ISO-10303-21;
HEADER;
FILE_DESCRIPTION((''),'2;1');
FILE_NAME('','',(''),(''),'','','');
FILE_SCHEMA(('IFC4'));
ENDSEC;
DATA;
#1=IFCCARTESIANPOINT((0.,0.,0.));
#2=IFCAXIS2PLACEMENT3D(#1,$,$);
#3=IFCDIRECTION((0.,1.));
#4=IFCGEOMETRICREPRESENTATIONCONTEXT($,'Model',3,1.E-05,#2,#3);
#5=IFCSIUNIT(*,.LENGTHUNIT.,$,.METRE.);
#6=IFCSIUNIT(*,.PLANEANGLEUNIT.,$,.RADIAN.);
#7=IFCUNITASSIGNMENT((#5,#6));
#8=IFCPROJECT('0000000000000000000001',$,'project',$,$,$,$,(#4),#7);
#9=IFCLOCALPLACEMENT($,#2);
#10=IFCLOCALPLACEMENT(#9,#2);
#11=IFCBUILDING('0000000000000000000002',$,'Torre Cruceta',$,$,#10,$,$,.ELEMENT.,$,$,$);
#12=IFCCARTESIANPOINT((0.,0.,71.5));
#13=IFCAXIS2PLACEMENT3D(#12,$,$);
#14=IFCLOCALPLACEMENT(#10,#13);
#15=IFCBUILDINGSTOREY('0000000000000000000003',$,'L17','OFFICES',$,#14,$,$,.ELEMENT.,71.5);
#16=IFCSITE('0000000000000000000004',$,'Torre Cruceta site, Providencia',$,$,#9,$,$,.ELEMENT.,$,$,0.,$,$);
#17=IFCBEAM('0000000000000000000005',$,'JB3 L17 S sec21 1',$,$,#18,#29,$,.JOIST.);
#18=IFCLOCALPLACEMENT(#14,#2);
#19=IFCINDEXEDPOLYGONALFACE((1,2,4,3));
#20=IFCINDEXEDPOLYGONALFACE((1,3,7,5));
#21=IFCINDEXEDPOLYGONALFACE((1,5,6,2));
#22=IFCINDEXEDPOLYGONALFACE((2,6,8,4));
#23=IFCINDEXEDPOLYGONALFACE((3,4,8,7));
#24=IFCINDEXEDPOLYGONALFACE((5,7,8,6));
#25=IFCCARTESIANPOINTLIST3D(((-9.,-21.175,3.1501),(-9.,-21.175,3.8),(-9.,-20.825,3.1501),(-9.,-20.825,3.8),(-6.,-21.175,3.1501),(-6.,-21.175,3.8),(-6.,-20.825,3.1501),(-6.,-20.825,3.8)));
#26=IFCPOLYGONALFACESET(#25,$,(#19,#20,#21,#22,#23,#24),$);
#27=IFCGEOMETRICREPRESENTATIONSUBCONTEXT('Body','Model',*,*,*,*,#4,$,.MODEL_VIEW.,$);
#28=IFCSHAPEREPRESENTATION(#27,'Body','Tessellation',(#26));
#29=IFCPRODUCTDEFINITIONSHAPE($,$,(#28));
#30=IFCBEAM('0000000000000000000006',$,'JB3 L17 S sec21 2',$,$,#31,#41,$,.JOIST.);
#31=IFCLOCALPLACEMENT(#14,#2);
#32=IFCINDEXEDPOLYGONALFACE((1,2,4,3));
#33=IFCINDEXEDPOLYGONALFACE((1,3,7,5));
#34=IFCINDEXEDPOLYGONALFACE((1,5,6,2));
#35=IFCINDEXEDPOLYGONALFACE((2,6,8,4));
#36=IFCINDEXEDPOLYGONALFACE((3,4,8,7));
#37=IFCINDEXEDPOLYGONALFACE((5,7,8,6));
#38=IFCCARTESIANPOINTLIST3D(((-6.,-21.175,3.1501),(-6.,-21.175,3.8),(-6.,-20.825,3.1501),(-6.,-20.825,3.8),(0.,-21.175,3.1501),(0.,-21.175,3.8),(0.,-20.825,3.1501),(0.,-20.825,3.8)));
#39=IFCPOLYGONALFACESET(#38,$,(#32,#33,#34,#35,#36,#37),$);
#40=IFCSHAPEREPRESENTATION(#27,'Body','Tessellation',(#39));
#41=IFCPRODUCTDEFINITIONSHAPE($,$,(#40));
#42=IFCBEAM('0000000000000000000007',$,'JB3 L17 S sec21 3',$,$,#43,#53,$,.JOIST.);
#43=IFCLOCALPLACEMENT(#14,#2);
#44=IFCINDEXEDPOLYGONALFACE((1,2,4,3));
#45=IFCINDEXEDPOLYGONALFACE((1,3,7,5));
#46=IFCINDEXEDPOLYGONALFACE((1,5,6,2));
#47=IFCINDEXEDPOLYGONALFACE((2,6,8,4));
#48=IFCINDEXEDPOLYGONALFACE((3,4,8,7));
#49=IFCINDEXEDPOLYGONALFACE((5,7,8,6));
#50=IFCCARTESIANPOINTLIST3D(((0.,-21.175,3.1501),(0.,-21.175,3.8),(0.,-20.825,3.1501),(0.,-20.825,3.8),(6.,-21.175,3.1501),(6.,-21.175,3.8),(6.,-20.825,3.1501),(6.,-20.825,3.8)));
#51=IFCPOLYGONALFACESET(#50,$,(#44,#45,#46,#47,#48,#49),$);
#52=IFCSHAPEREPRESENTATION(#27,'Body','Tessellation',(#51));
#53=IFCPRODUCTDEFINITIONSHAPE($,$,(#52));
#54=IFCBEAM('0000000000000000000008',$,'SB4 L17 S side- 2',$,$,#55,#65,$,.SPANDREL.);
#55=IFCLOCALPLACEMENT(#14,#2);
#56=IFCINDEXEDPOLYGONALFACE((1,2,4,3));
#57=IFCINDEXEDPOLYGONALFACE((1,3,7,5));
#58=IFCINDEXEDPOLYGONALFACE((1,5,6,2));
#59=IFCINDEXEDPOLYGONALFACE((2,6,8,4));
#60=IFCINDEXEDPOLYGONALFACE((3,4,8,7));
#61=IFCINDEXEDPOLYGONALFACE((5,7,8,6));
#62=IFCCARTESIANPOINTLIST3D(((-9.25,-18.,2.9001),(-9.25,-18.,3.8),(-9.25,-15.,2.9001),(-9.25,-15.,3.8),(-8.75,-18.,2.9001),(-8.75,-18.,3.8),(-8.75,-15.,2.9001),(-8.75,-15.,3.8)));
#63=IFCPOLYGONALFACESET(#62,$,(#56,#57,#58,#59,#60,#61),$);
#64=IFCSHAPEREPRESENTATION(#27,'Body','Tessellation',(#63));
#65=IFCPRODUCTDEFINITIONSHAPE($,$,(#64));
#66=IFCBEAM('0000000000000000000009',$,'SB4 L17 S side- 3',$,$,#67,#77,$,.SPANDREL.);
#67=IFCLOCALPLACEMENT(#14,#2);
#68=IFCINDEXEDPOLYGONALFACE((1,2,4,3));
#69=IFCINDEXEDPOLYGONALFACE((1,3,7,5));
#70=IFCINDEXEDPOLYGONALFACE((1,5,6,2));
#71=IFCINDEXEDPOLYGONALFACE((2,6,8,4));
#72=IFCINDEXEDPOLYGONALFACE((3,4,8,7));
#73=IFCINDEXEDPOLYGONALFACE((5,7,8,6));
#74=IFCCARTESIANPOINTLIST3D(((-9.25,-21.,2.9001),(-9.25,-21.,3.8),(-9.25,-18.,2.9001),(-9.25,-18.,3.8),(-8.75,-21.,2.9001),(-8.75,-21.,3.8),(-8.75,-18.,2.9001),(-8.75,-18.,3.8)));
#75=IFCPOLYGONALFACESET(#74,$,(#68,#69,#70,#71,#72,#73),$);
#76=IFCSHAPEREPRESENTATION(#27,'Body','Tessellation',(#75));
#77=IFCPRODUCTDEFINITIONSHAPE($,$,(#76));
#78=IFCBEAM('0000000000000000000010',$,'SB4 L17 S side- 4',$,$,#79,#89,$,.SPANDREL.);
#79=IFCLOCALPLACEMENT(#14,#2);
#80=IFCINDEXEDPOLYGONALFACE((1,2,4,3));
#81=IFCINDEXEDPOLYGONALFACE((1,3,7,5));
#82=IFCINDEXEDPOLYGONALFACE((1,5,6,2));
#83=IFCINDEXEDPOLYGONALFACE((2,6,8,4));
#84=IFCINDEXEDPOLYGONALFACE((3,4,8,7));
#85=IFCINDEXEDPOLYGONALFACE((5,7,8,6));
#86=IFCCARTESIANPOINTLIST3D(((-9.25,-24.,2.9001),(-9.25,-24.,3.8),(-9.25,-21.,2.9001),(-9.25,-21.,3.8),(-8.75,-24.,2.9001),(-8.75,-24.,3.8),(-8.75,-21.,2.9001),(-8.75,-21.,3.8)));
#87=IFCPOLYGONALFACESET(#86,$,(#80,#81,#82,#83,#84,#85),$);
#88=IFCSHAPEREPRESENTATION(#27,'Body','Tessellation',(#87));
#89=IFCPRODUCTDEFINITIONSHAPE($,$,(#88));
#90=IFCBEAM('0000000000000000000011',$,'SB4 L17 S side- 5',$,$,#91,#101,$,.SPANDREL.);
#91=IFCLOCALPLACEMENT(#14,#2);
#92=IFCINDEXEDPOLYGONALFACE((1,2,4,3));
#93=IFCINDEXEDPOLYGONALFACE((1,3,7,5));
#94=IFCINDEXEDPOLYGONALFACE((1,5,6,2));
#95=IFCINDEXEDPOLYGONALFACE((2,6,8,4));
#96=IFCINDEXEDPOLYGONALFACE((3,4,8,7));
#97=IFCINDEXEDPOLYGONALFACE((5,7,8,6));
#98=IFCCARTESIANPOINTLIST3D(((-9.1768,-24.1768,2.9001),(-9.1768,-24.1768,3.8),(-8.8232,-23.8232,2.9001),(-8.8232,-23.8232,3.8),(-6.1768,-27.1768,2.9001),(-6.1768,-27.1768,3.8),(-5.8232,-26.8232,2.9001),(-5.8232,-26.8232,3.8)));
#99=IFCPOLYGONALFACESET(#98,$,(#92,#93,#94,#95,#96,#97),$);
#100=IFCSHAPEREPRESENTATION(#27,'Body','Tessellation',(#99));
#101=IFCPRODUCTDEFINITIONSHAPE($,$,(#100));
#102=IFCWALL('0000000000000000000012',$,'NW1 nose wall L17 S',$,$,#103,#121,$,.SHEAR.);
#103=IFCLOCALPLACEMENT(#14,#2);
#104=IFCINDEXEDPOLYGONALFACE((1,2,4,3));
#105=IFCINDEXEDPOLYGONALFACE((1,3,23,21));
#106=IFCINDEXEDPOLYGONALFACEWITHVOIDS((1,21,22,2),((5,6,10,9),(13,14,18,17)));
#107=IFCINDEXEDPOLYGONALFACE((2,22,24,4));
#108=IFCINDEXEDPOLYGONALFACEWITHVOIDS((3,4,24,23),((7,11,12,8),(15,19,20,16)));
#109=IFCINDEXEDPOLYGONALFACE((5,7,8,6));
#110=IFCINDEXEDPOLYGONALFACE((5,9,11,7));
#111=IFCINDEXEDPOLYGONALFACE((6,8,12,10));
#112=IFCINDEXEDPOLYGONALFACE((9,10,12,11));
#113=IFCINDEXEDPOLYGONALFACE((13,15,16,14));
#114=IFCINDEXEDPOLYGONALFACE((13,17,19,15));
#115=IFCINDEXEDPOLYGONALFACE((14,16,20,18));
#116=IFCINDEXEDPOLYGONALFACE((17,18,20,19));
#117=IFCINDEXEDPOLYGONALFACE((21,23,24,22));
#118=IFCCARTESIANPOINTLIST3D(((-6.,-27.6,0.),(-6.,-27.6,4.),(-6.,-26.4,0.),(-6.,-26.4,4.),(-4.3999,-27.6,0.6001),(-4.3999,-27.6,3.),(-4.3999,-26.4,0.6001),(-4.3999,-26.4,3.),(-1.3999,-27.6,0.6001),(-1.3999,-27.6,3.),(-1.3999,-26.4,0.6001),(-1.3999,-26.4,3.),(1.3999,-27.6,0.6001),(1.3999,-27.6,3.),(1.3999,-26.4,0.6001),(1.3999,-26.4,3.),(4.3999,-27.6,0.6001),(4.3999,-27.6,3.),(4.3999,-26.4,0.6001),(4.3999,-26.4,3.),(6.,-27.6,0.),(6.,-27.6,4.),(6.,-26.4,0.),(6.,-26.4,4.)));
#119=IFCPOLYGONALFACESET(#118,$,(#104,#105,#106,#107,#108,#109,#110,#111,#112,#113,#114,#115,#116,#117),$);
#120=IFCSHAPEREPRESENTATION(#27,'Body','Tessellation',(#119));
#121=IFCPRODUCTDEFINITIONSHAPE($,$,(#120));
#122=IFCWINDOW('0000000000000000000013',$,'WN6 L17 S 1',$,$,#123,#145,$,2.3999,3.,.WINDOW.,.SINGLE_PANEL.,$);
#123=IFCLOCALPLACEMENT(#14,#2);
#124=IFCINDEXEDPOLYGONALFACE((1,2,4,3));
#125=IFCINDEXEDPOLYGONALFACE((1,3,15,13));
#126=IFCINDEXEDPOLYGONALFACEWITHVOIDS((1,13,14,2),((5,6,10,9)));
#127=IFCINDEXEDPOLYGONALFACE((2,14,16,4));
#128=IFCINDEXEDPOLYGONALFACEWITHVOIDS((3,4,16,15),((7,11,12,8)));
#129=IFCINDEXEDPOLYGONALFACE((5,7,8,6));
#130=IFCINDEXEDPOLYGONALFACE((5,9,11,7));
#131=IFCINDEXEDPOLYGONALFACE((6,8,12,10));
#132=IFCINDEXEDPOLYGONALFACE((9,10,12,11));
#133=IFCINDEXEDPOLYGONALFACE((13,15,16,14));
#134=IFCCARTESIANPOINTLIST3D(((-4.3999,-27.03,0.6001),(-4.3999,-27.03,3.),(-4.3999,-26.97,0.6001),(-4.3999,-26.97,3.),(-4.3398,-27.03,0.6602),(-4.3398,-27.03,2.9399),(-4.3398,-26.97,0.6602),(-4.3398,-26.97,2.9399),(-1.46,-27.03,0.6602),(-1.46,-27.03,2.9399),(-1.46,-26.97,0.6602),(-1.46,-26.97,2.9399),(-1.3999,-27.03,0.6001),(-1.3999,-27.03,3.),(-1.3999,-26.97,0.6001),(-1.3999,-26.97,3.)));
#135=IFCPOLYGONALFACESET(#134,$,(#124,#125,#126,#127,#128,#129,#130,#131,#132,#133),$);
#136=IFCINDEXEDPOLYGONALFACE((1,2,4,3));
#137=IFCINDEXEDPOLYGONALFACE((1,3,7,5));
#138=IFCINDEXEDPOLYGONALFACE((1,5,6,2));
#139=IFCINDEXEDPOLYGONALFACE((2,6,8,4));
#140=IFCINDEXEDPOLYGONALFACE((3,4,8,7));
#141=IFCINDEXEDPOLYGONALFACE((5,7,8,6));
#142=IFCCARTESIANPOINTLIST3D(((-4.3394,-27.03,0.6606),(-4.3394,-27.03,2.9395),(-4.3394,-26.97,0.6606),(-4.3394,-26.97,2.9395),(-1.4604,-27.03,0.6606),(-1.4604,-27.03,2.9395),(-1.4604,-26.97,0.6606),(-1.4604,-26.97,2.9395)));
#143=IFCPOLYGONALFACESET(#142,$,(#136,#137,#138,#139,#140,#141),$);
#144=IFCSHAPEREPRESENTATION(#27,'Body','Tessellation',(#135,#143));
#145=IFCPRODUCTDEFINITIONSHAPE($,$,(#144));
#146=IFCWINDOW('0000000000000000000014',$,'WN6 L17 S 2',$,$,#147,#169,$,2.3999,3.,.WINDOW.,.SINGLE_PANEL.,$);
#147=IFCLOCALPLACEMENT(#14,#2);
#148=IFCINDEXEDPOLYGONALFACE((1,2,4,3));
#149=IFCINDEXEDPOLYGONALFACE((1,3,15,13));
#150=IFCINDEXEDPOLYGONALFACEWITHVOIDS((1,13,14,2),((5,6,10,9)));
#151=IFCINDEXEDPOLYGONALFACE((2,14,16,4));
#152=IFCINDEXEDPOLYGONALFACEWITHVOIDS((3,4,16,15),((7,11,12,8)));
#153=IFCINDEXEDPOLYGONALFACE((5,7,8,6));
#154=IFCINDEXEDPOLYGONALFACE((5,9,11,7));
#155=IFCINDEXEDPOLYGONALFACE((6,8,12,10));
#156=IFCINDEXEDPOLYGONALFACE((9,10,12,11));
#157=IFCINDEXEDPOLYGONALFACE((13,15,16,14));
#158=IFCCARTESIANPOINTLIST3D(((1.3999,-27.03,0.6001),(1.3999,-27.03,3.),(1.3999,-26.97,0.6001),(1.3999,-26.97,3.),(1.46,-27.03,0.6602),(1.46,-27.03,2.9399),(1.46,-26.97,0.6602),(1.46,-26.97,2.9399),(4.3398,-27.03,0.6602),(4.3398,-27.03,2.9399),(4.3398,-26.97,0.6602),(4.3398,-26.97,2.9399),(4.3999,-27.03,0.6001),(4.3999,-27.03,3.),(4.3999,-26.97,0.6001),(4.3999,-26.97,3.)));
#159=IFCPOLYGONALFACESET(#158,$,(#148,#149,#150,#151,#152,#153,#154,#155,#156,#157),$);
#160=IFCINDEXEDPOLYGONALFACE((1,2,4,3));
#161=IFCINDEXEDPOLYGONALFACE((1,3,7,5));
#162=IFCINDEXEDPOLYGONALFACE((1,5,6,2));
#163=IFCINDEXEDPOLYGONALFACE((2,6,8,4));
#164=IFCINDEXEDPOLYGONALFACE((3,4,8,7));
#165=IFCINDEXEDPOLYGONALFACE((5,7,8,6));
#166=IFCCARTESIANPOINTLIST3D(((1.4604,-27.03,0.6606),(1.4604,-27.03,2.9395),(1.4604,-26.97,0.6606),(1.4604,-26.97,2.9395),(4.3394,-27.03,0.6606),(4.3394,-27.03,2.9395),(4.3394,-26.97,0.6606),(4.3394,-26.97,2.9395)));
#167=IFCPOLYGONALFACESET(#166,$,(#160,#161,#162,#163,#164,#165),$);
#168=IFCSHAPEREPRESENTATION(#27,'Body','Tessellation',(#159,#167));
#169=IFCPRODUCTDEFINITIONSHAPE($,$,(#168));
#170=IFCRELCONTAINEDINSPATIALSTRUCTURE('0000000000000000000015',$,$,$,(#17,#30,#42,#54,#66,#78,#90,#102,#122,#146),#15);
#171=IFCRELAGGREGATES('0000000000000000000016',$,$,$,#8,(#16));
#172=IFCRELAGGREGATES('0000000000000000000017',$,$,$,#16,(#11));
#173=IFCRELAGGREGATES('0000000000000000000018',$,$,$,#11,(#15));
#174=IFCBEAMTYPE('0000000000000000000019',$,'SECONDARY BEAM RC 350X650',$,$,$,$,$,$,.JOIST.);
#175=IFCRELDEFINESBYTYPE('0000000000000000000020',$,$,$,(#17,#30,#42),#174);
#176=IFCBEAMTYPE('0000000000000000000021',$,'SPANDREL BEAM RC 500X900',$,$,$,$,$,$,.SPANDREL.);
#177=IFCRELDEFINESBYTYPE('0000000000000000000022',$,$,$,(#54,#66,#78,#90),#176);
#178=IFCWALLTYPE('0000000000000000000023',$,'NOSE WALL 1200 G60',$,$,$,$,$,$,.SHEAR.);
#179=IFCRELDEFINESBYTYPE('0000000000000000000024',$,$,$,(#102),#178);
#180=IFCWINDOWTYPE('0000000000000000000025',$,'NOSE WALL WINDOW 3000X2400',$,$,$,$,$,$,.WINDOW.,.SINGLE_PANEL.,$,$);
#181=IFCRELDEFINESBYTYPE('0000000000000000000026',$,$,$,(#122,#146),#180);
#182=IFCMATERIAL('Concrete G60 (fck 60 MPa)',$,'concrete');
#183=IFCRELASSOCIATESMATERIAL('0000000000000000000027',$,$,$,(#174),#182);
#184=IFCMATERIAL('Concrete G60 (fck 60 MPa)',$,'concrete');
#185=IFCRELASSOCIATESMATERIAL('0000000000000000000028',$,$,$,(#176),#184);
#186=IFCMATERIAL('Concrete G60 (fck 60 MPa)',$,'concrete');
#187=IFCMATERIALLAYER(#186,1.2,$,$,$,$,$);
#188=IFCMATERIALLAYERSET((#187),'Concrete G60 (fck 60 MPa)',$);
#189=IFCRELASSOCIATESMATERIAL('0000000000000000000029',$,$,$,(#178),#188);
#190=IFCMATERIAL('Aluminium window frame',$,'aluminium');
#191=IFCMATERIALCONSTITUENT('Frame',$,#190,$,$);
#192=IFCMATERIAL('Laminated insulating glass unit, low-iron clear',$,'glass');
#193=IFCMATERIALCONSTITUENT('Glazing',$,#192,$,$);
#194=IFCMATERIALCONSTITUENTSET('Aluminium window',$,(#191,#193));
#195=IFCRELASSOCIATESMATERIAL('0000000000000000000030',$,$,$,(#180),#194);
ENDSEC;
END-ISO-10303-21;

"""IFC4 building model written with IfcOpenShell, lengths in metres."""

from ifc_helpers import new_model, si_unit, direction, frame, frame_2d, origin, origin_2d, place, context, subcontext, project, spatial, rectangle, hollow_rectangle, extrude, material, layer, layer_set, constituent, constituent_set, material_profile, profile_set, type_object, element, fill, save


model = new_model("IFC4")

# Units and contexts
model_context = context("Model", 3, precision=1e-05, world=origin(), true_north=direction((0.0, 1.0)))
body_context = subcontext(model_context, "Body", "Model", "MODEL_VIEW")
ifc_project = project(units=[si_unit("LENGTHUNIT", "METRE"), si_unit("PLANEANGLEUNIT", "RADIAN")], contexts=[model_context])

# Site, building, storey
site_placement = place(None, origin())
site = spatial("IfcSite", under=ifc_project, at=site_placement, Name="Torre Cruceta site, Providencia", CompositionType="ELEMENT", RefElevation=0.0)
building_placement = place(site_placement, origin())
building = spatial("IfcBuilding", under=site, at=building_placement, Name="Torre Cruceta", CompositionType="ELEMENT")
storey_placement = place(building_placement, frame((0.0, 0.0, 71.5)))
storey = spatial("IfcBuildingStorey", under=building, at=storey_placement, Name="L17", Description="OFFICES", CompositionType="ELEMENT", Elevation=71.5)

# Beams
ifc_material_1 = material(Name="Concrete G60 (fck 60 MPa)", Category="concrete")
ifc_material_profile_1 = material_profile(ifc_material_1, rectangle(XDim=0.3501, YDim=0.6499, at=origin_2d()), Name="RC 350X650")
ifc_profile_set_1 = profile_set([ifc_material_profile_1], Name="Concrete G60 (fck 60 MPa)")
beam_type_1 = type_object("IfcBeamType", Name="SECONDARY BEAM RC 350X650", PredefinedType="JOIST", material=ifc_profile_set_1)
beam_1_placement = place(storey_placement, frame((-9.0, -21.0, 3.4751), z_axis=(1.0, 0.0, 0.0), x_axis=(0.0, 1.0, 0.0)))
element("IfcBeam", 1, at=beam_1_placement, inside=storey, type_object=beam_type_1, Name="JB3 L17 S sec21 1", PredefinedType="JOIST", context=body_context, shape_type="SweptSolid", body=[
    extrude(rectangle(XDim=0.3501, YDim=0.6499, at=origin_2d()), origin(), (0.0, 0.0, 1.0), 3.0),
])
for number, where, z_axis, x_axis, name in (
    (2, (-6.0, -21.0, 3.4751), (1.0, 0.0, 0.0), (0.0, 1.0, 0.0), "JB3 L17 S sec21 2"),
    (3, (0.0, -21.0, 3.4751), (1.0, 0.0, 0.0), (0.0, 1.0, 0.0), "JB3 L17 S sec21 3"),
):
    element("IfcBeam", number, at=place(storey_placement, frame(where, z_axis=z_axis, x_axis=x_axis)), inside=storey, type_object=beam_type_1, Name=name, PredefinedType="JOIST", context=body_context, shape_type="SweptSolid", body=[
        extrude(rectangle(XDim=0.3501, YDim=0.6499, at=origin_2d()), origin(), (0.0, 0.0, 1.0), 6.0),
    ])
ifc_material_2 = material(Name="Concrete G60 (fck 60 MPa)", Category="concrete")
ifc_material_profile_2 = material_profile(ifc_material_2, rectangle(XDim=0.5, YDim=0.8999, at=origin_2d()), Name="RC 500X900")
ifc_profile_set_2 = profile_set([ifc_material_profile_2], Name="Concrete G60 (fck 60 MPa)")
beam_type_2 = type_object("IfcBeamType", Name="SPANDREL BEAM RC 500X900", PredefinedType="SPANDREL", material=ifc_profile_set_2)
for number, where, z_axis, x_axis, name in (
    (4, (-9.0, -15.0, 3.3501), (0.0, -1.0, 0.0), (1.0, 0.0, 0.0), "SB4 L17 S side- 2"),
    (5, (-9.0, -18.0, 3.3501), (0.0, -1.0, 0.0), (1.0, 0.0, 0.0), "SB4 L17 S side- 3"),
    (6, (-9.0, -21.0, 3.3501), (0.0, -1.0, 0.0), (1.0, 0.0, 0.0), "SB4 L17 S side- 4"),
):
    element("IfcBeam", number, at=place(storey_placement, frame(where, z_axis=z_axis, x_axis=x_axis)), inside=storey, type_object=beam_type_2, Name=name, PredefinedType="SPANDREL", context=body_context, shape_type="SweptSolid", body=[
        extrude(rectangle(XDim=0.5, YDim=0.8999, at=origin_2d()), origin(), (0.0, 0.0, 1.0), 3.0),
    ])
beam_2_placement = place(storey_placement, frame((-9.0, -24.0, 3.3501), z_axis=(0.707107, -0.707107, 0.0), x_axis=(0.707107, 0.707107, 0.0)))
element("IfcBeam", 7, at=beam_2_placement, inside=storey, type_object=beam_type_2, Name="SB4 L17 S side- 5", PredefinedType="SPANDREL", context=body_context, shape_type="SweptSolid", body=[
    extrude(rectangle(XDim=0.5, YDim=0.8999, at=origin_2d()), origin(), (0.0, 0.0, 1.0), 4.2427),
])

# Wall, openings, windows
ifc_material_3 = material(Name="Concrete G60 (fck 60 MPa)", Category="concrete")
ifc_layer_1 = layer(ifc_material_3, 1.2)
ifc_layer_set_1 = layer_set([ifc_layer_1], Name="Concrete G60 (fck 60 MPa)")
wall_type_1 = type_object("IfcWallType", Name="NOSE WALL 1200 G60", PredefinedType="SHEAR", material=ifc_layer_set_1)
wall_1_placement = place(storey_placement, frame((-6.0, -27.0, 0.0), z_axis=(0.0, 0.0, 1.0), x_axis=(1.0, 0.0, 0.0)))
wall_1 = element("IfcWall", 8, at=wall_1_placement, inside=storey, type_object=wall_type_1, Name="NW1 nose wall L17 S", PredefinedType="SHEAR", context=body_context, shape_type="SweptSolid", body=[
    extrude(rectangle(XDim=12.0, YDim=1.2, at=frame_2d((6.0, 0.0))), origin(), (0.0, 0.0, 1.0), 4.0),
])
opening_1_placement = place(wall_1_placement, frame((1.6001, 0.0, 0.6001)))
opening_1 = element("IfcOpeningElement", 9, at=opening_1_placement, cuts=wall_1, PredefinedType="OPENING", context=body_context, shape_type="SweptSolid", body=[
    extrude(rectangle(XDim=3.0, YDim=2.3999, at=frame_2d((1.5, 1.2))), frame((0.0, 0.6099, 0.0), z_axis=(0.0, -1.0, 0.0), x_axis=(1.0, 0.0, 0.0)), (0.0, 0.0, 1.0), 1.22),
])
opening_2_placement = place(wall_1_placement, frame((7.3999, 0.0, 0.6001)))
opening_2 = element("IfcOpeningElement", 10, at=opening_2_placement, cuts=wall_1, PredefinedType="OPENING", context=body_context, shape_type="SweptSolid", body=[
    extrude(rectangle(XDim=3.0, YDim=2.3999, at=frame_2d((1.5, 1.2))), frame((0.0, 0.6099, 0.0), z_axis=(0.0, -1.0, 0.0), x_axis=(1.0, 0.0, 0.0)), (0.0, 0.0, 1.0), 1.22),
])
ifc_material_4 = material(Name="Aluminium window frame", Category="aluminium")
ifc_constituent_1 = constituent(ifc_material_4, Name="Frame")
ifc_material_5 = material(Name="Laminated insulating glass unit, low-iron clear", Category="glass")
ifc_constituent_2 = constituent(ifc_material_5, Name="Glazing")
ifc_constituent_set_1 = constituent_set(constituents=[ifc_constituent_1, ifc_constituent_2], Name="Aluminium window")
window_type = type_object("IfcWindowType", Name="NOSE WALL WINDOW 3000X2400", PartitioningType="SINGLE_PANEL", PredefinedType="WINDOW", material=ifc_constituent_set_1)
window_1_placement = place(opening_1_placement, origin())
window_1 = element("IfcWindow", 11, at=window_1_placement, inside=storey, type_object=window_type, Name="WN6 L17 S 1", OverallHeight=2.3999, OverallWidth=3.0, PartitioningType="SINGLE_PANEL", PredefinedType="WINDOW", context=body_context, shape_type="SweptSolid", body=[
    extrude(hollow_rectangle(XDim=3.0, YDim=2.3999, WallThickness=0.0601, at=frame_2d((1.5, 1.2))), frame((0.0, 0.03, 0.0), z_axis=(0.0, -1.0, 0.0), x_axis=(1.0, 0.0, 0.0)), (0.0, 0.0, 1.0), 0.0601),
    extrude(rectangle(XDim=2.8789, YDim=2.2788, at=frame_2d((1.5, 1.2))), frame((0.0, 0.03, 0.0), z_axis=(0.0, -1.0, 0.0), x_axis=(1.0, 0.0, 0.0)), (0.0, 0.0, 1.0), 0.0601),
])
fill(opening_1, window_1)
window_2_placement = place(opening_2_placement, origin())
window_2 = element("IfcWindow", 12, at=window_2_placement, inside=storey, type_object=window_type, Name="WN6 L17 S 2", OverallHeight=2.3999, OverallWidth=3.0, PartitioningType="SINGLE_PANEL", PredefinedType="WINDOW", context=body_context, shape_type="SweptSolid", body=[
    extrude(hollow_rectangle(XDim=3.0, YDim=2.3999, WallThickness=0.0601, at=frame_2d((1.5, 1.2))), frame((0.0, 0.03, 0.0), z_axis=(0.0, -1.0, 0.0), x_axis=(1.0, 0.0, 0.0)), (0.0, 0.0, 1.0), 0.0601),
    extrude(rectangle(XDim=2.8789, YDim=2.2788, at=frame_2d((1.5, 1.2))), frame((0.0, 0.03, 0.0), z_axis=(0.0, -1.0, 0.0), x_axis=(1.0, 0.0, 0.0)), (0.0, 0.0, 1.0), 0.0601),
])
fill(opening_2, window_2)

save(model, "model.ifc")
